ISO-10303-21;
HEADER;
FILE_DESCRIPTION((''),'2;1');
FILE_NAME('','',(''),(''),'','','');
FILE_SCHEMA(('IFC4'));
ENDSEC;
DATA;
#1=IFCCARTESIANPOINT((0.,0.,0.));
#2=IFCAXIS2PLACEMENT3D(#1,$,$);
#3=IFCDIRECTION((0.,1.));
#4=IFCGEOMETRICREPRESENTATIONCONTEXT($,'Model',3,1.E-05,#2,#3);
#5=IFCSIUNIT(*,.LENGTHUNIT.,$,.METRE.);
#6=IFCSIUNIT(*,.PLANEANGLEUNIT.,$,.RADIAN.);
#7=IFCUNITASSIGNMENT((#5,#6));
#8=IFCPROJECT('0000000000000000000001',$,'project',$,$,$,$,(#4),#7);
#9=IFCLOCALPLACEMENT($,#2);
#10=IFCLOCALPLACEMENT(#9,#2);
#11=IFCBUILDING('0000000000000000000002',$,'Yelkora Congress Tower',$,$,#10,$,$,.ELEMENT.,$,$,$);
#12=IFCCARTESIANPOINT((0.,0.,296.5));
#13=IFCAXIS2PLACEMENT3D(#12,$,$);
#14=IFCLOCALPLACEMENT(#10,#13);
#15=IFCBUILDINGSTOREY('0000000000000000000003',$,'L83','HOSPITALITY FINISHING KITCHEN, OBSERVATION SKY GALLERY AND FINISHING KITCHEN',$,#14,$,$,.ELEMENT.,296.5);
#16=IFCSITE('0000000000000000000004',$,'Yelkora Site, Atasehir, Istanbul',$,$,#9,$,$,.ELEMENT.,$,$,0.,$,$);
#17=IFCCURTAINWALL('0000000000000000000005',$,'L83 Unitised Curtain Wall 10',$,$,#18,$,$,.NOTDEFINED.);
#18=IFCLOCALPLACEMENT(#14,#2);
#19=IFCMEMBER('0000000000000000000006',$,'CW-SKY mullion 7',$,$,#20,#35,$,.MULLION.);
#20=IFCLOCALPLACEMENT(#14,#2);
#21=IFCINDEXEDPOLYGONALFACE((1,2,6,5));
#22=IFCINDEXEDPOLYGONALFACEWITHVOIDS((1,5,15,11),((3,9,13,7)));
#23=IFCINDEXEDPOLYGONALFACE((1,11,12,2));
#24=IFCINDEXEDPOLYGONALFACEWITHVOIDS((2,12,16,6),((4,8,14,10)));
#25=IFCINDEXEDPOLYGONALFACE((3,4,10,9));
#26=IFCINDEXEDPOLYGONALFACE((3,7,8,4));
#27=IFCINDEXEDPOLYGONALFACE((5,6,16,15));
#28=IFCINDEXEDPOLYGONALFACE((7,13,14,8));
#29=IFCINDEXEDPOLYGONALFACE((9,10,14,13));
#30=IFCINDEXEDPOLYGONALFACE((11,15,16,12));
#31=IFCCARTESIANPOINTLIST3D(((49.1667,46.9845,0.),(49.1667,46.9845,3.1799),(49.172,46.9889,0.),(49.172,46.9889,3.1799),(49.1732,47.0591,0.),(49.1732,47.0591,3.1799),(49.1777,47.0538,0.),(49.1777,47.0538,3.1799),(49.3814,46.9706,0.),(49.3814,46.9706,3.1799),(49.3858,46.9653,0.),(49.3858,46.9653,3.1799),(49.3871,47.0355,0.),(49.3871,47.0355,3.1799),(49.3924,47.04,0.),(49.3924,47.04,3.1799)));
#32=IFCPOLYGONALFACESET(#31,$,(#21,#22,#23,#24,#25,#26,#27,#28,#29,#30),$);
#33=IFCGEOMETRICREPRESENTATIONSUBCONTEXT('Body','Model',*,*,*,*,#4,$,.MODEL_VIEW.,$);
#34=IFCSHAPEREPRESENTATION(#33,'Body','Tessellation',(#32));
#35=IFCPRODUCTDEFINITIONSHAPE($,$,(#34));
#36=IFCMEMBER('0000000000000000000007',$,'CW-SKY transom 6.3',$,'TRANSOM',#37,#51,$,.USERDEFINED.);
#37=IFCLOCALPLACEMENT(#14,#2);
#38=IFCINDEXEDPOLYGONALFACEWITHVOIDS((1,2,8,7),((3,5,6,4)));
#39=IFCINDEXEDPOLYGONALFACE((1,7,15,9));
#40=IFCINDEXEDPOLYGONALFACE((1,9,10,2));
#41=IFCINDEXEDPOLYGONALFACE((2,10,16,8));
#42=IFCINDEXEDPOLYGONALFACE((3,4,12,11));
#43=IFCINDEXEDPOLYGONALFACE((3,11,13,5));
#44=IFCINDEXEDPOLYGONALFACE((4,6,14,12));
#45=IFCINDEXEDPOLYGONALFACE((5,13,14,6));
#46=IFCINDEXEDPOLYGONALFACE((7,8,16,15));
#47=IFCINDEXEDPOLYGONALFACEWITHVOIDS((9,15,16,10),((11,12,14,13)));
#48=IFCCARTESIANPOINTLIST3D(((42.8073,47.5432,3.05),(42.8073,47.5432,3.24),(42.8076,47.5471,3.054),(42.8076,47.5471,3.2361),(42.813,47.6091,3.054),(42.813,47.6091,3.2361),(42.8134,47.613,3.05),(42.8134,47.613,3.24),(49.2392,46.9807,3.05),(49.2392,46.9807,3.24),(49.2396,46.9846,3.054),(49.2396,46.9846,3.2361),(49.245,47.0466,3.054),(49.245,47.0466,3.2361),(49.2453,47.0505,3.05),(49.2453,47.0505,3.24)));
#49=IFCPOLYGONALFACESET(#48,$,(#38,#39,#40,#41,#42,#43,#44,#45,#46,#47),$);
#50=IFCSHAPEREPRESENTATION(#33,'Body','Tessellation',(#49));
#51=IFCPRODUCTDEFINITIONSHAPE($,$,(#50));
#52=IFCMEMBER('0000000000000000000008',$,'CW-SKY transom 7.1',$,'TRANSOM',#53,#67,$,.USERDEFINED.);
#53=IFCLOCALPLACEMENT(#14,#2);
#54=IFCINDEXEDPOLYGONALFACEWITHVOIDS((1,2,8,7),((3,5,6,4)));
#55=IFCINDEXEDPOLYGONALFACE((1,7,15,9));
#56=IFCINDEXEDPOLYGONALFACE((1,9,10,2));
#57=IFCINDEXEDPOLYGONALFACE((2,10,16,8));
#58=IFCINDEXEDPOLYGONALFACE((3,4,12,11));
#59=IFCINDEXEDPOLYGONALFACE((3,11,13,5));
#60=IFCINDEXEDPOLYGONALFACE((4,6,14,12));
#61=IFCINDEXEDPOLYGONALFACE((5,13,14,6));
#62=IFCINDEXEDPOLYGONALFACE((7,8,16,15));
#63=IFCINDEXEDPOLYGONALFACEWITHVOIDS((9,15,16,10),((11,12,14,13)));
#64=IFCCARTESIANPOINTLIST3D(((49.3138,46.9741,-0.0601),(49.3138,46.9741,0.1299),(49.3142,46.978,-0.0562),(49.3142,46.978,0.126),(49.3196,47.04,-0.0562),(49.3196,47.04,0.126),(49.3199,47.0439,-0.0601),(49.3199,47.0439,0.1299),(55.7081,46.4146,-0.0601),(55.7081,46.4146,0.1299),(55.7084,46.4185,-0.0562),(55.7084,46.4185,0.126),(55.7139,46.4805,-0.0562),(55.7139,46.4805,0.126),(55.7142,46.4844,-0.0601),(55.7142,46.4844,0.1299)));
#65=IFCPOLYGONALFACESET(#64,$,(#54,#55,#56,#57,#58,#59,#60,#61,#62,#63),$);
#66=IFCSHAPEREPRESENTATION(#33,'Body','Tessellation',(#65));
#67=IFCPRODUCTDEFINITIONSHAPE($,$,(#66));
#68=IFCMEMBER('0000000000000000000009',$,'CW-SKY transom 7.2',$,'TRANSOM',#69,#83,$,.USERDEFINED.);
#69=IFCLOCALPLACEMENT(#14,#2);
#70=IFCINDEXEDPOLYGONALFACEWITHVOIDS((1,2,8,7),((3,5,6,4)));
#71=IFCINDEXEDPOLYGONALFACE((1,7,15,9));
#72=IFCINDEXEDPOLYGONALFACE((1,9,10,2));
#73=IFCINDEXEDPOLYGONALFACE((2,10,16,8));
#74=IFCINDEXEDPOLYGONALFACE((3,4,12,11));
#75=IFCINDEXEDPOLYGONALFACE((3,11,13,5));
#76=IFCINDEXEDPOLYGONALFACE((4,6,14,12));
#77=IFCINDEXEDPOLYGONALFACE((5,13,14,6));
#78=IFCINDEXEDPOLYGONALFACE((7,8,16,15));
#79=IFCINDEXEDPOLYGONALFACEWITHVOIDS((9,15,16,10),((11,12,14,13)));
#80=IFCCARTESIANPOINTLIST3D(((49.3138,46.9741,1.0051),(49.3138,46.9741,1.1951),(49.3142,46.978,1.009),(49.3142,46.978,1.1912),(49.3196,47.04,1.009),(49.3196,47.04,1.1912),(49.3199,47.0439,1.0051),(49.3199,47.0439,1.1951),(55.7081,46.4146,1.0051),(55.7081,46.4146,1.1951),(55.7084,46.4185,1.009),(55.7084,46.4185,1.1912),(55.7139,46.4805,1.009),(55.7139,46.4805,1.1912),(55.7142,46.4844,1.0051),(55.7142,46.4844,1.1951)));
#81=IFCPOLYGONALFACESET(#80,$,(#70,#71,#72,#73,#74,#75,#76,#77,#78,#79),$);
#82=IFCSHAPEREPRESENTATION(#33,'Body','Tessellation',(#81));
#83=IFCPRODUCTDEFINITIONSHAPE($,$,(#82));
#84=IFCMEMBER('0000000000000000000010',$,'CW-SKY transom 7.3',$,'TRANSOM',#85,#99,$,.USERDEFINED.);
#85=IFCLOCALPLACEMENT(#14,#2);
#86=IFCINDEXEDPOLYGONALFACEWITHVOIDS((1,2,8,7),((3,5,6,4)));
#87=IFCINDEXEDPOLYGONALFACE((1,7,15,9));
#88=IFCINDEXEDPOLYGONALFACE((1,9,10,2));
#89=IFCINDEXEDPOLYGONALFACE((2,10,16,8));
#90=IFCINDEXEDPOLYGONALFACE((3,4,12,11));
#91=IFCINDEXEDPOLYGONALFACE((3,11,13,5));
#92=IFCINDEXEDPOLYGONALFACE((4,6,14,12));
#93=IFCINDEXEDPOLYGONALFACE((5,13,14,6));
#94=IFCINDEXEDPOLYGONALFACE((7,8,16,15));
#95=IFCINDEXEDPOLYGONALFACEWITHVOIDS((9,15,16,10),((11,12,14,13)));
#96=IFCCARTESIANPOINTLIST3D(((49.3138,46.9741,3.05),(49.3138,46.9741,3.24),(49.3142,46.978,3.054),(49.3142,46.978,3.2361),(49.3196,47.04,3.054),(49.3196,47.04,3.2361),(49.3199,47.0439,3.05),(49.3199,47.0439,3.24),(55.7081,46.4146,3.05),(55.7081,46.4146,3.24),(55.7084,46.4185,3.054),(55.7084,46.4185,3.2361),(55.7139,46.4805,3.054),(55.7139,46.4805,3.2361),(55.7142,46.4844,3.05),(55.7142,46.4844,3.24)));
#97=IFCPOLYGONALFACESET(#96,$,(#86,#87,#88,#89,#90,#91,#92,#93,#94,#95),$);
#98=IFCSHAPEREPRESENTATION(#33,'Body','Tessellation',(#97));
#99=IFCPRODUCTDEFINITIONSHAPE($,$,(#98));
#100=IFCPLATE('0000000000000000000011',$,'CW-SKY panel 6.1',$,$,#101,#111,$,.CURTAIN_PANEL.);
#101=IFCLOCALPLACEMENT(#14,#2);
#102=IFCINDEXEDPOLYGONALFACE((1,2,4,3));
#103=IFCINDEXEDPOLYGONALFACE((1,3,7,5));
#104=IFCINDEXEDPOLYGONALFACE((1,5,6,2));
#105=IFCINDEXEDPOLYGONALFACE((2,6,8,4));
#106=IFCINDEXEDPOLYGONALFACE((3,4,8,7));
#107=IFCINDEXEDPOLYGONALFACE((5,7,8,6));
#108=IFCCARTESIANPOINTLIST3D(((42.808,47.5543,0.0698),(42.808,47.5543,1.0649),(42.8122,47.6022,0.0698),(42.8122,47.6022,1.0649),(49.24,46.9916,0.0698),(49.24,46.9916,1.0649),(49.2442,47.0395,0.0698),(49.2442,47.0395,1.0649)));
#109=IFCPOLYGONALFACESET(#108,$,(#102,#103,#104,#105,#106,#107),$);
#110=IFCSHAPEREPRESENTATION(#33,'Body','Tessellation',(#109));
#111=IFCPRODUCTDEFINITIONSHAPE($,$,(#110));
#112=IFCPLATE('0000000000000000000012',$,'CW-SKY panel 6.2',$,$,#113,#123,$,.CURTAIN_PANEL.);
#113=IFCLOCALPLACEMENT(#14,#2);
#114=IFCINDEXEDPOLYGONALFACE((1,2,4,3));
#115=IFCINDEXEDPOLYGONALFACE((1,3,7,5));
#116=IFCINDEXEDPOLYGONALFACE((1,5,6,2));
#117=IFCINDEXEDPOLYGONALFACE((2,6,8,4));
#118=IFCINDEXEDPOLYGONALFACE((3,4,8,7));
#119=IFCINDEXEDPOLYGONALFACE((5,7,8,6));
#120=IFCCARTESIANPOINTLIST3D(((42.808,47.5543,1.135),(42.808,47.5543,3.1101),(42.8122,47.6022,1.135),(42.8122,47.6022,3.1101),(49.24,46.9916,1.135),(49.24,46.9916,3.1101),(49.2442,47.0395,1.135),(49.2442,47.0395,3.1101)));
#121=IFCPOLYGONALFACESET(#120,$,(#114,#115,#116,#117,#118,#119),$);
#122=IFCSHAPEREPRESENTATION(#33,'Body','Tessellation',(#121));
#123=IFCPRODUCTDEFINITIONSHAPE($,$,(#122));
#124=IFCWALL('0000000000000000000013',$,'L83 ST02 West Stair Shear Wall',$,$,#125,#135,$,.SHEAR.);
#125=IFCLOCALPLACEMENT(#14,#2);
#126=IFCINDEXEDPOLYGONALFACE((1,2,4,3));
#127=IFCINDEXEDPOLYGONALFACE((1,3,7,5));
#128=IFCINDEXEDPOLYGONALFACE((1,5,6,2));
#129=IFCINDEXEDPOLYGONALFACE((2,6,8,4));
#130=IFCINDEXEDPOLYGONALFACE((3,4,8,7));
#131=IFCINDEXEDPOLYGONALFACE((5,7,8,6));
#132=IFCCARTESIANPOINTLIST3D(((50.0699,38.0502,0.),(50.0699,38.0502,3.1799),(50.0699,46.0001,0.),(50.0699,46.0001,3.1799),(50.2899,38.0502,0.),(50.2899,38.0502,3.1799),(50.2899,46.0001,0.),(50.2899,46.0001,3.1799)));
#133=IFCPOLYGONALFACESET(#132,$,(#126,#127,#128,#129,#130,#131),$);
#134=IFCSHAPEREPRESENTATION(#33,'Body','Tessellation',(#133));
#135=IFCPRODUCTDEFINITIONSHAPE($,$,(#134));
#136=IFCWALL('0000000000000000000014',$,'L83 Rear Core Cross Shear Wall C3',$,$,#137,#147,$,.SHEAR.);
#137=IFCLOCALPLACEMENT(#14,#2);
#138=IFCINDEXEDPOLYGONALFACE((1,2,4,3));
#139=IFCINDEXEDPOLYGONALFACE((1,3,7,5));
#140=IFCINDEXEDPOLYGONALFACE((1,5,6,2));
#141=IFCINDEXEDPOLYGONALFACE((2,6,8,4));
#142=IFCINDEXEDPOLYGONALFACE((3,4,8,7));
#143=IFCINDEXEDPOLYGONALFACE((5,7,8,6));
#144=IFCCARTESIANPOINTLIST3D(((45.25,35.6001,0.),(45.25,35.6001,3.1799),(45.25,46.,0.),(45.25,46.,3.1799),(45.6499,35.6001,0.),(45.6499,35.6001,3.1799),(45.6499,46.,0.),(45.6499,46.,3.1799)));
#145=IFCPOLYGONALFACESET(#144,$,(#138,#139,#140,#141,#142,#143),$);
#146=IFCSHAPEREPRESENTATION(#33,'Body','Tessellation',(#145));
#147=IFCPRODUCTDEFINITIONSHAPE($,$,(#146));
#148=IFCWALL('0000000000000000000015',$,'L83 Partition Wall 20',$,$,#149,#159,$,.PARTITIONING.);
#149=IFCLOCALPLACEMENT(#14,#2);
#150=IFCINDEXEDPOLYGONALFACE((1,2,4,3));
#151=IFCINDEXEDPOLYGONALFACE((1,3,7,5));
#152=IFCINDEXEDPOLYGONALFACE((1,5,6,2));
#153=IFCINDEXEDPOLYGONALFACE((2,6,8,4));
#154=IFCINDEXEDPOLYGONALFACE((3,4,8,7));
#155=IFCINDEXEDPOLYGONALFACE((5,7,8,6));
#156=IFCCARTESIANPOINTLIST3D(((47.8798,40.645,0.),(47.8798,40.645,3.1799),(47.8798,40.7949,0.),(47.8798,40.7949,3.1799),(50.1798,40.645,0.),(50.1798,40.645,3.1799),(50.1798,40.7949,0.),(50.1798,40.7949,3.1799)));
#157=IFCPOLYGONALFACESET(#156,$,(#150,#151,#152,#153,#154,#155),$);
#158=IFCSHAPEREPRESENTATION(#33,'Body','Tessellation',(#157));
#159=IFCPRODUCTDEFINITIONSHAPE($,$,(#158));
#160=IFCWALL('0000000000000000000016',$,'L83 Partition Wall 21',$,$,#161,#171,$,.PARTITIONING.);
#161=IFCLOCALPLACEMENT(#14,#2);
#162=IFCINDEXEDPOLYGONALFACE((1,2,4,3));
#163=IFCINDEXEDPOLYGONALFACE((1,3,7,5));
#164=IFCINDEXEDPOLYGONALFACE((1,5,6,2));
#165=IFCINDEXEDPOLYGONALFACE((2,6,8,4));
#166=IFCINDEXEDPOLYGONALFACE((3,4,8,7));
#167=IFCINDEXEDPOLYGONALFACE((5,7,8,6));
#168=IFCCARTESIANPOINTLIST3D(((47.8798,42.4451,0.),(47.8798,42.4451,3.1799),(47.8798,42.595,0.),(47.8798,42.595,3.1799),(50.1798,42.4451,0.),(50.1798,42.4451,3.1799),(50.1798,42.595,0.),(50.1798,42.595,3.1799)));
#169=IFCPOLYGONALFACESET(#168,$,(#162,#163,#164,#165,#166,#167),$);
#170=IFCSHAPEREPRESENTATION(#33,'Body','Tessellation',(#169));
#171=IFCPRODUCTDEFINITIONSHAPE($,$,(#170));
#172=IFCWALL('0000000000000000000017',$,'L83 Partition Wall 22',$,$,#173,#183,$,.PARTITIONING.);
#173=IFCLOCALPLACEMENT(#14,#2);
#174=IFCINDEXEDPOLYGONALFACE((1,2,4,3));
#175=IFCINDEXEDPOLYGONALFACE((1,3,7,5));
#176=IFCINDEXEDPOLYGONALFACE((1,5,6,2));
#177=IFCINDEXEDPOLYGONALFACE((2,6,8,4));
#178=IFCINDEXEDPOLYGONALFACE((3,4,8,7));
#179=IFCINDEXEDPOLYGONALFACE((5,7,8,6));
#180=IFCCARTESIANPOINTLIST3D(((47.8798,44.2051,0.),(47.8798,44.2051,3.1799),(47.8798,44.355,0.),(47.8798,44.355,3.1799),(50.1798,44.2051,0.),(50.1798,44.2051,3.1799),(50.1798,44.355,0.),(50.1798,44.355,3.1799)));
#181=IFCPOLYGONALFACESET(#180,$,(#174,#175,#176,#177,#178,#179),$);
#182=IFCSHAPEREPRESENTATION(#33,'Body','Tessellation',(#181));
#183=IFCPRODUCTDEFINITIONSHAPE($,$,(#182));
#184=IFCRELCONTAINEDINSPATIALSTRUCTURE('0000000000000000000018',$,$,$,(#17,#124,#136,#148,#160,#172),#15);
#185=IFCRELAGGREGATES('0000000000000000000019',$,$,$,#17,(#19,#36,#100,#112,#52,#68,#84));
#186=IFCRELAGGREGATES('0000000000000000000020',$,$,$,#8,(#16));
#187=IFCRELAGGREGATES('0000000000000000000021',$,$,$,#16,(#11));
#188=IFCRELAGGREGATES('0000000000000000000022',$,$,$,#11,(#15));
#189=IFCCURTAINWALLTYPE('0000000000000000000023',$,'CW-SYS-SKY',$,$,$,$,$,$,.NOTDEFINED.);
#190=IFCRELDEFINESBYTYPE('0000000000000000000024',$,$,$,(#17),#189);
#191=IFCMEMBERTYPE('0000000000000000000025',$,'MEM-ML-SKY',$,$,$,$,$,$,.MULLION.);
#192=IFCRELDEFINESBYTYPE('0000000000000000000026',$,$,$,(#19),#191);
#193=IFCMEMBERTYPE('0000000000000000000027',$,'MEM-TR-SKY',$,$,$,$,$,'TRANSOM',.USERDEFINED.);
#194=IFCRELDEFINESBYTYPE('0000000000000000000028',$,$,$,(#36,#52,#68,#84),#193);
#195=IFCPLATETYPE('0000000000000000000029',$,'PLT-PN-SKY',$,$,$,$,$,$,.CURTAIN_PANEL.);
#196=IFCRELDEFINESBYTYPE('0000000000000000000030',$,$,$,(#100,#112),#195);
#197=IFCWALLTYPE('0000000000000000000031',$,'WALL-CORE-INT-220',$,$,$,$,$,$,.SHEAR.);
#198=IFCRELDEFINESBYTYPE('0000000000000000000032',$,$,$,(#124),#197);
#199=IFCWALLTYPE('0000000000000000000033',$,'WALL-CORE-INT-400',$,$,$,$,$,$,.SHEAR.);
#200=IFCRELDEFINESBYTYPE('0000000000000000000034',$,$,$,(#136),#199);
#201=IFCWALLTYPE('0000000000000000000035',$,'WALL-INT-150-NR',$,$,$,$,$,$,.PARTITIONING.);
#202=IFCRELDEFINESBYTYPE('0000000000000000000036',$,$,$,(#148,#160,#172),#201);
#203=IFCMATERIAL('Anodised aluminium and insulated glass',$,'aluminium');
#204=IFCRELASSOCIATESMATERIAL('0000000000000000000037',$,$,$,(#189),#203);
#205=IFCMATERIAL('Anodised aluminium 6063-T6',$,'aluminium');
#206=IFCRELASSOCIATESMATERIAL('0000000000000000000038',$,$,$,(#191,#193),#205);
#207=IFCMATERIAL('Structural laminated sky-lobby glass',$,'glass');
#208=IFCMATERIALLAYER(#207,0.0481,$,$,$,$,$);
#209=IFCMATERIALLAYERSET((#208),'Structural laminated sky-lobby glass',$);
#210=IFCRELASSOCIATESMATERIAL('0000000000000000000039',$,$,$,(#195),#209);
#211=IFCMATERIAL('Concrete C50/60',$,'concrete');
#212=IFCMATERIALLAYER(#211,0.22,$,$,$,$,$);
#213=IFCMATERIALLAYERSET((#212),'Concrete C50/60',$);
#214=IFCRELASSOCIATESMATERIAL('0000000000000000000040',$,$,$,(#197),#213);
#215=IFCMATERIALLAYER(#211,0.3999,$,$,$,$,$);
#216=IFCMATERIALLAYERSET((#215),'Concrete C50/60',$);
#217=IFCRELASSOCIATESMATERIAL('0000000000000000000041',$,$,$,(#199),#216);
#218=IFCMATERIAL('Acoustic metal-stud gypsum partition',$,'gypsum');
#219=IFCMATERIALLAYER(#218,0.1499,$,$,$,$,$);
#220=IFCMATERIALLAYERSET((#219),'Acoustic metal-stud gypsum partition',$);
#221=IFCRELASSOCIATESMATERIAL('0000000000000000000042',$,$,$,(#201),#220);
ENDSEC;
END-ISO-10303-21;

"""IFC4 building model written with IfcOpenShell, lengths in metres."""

from ifc_helpers import new_model, si_unit, direction, frame, frame_2d, origin, origin_2d, place, context, subcontext, project, spatial, rectangle, hollow_rectangle, extrude, material, layer, layer_set, material_profile, profile_set, type_object, element, aggregate, save


model = new_model("IFC4")

# Units and contexts
model_context = context("Model", 3, precision=1e-05, world=origin(), true_north=direction((0.0, 1.0)))
body_context = subcontext(model_context, "Body", "Model", "MODEL_VIEW")
ifc_project = project(units=[si_unit("LENGTHUNIT", "METRE"), si_unit("PLANEANGLEUNIT", "RADIAN")], contexts=[model_context])

# Site, building, storey
site_placement = place(None, origin())
site = spatial("IfcSite", under=ifc_project, at=site_placement, Name="Yelkora Site, Atasehir, Istanbul", CompositionType="ELEMENT", RefElevation=0.0)
building_placement = place(site_placement, origin())
building = spatial("IfcBuilding", under=site, at=building_placement, Name="Yelkora Congress Tower", CompositionType="ELEMENT")
storey_placement = place(building_placement, frame((0.0, 0.0, 296.5)))
storey = spatial("IfcBuildingStorey", under=building, at=storey_placement, Name="L83", Description="HOSPITALITY FINISHING KITCHEN, OBSERVATION SKY GALLERY AND FINISHING KITCHEN", CompositionType="ELEMENT", Elevation=296.5)

# Curtain wall, members, plates
ifc_material_1 = material(Name="Anodised aluminium and insulated glass", Category="aluminium")
curtain_wall_type = type_object("IfcCurtainWallType", Name="CW-SYS-SKY", PredefinedType="NOTDEFINED", material=ifc_material_1)
curtain_wall_placement = place(storey_placement, origin())
curtain_wall = element("IfcCurtainWall", 1, at=curtain_wall_placement, inside=storey, type_object=curtain_wall_type, Name="L83 Unitised Curtain Wall 10", PredefinedType="NOTDEFINED")
ifc_material_2 = material(Name="Anodised aluminium 6063-T6", Category="aluminium")
ifc_material_profile_1 = material_profile(ifc_material_2, hollow_rectangle(XDim=0.075, YDim=0.22, WallThickness=0.0049, at=origin_2d()), Name="ALU 75x220x5")
ifc_profile_set_1 = profile_set([ifc_material_profile_1], Name="Anodised aluminium 6063-T6")
member_type_1 = type_object("IfcMemberType", Name="MEM-ML-SKY", PredefinedType="MULLION", material=ifc_profile_set_1)
member_1_placement = place(storey_placement, frame((49.2795, 47.0122, 0.0), z_axis=(0.0, 0.0, 1.0), x_axis=(0.087157, 0.996195, 0.0)))
member_1 = element("IfcMember", 2, at=member_1_placement, type_object=member_type_1, Name="CW-SKY mullion 7", PredefinedType="MULLION", context=body_context, shape_type="SweptSolid", body=[
    extrude(hollow_rectangle(XDim=0.075, YDim=0.22, WallThickness=0.0049, at=origin_2d()), origin(), (0.0, 0.0, 1.0), 3.1799),
])
ifc_material_profile_2 = material_profile(ifc_material_2, hollow_rectangle(XDim=0.0701, YDim=0.1899, WallThickness=0.0039, at=origin_2d()), Name="ALU 70x190x4")
ifc_profile_set_2 = profile_set([ifc_material_profile_2], Name="Anodised aluminium 6063-T6")
member_type_2 = type_object("IfcMemberType", Name="MEM-TR-SKY", ElementType="TRANSOM", PredefinedType="USERDEFINED", material=ifc_profile_set_2)
member_2_placement = place(storey_placement, frame((42.8103, 47.5781, 3.145), z_axis=(0.996198, -0.087122, 0.0), x_axis=(0.087122, 0.996198, 0.0)))
member_2 = element("IfcMember", 3, at=member_2_placement, type_object=member_type_2, Name="CW-SKY transom 6.3", ObjectType="TRANSOM", PredefinedType="USERDEFINED", context=body_context, shape_type="SweptSolid", body=[
    extrude(hollow_rectangle(XDim=0.0701, YDim=0.1899, WallThickness=0.0039, at=origin_2d()), origin(), (0.0, 0.0, 1.0), 6.4565),
])
member_3_placement = place(storey_placement, frame((49.3169, 47.009, 0.0349), z_axis=(0.996193, -0.087178, 0.0), x_axis=(0.087178, 0.996193, 0.0)))
member_3 = element("IfcMember", 4, at=member_3_placement, type_object=member_type_2, Name="CW-SKY transom 7.1", ObjectType="TRANSOM", PredefinedType="USERDEFINED", context=body_context, shape_type="SweptSolid", body=[
    extrude(hollow_rectangle(XDim=0.0701, YDim=0.1899, WallThickness=0.0039, at=origin_2d()), origin(), (0.0, 0.0, 1.0), 6.4187),
])
member_4_placement = place(storey_placement, frame((49.3169, 47.009, 1.1001), z_axis=(0.996193, -0.087178, 0.0), x_axis=(0.087178, 0.996193, 0.0)))
member_4 = element("IfcMember", 5, at=member_4_placement, type_object=member_type_2, Name="CW-SKY transom 7.2", ObjectType="TRANSOM", PredefinedType="USERDEFINED", context=body_context, shape_type="SweptSolid", body=[
    extrude(hollow_rectangle(XDim=0.0701, YDim=0.1899, WallThickness=0.0039, at=origin_2d()), origin(), (0.0, 0.0, 1.0), 6.4187),
])
member_5_placement = place(storey_placement, frame((49.3169, 47.009, 3.145), z_axis=(0.996193, -0.087178, 0.0), x_axis=(0.087178, 0.996193, 0.0)))
member_5 = element("IfcMember", 6, at=member_5_placement, type_object=member_type_2, Name="CW-SKY transom 7.3", ObjectType="TRANSOM", PredefinedType="USERDEFINED", context=body_context, shape_type="SweptSolid", body=[
    extrude(hollow_rectangle(XDim=0.0701, YDim=0.1899, WallThickness=0.0039, at=origin_2d()), origin(), (0.0, 0.0, 1.0), 6.4187),
])
ifc_material_3 = material(Name="Structural laminated sky-lobby glass", Category="glass")
ifc_layer_1 = layer(ifc_material_3, 0.0481)
ifc_layer_set_1 = layer_set([ifc_layer_1], Name="Structural laminated sky-lobby glass")
plate_type = type_object("IfcPlateType", Name="PLT-PN-SKY", PredefinedType="CURTAIN_PANEL", material=ifc_layer_set_1)
plate_1_placement = place(storey_placement, frame((46.0261, 47.2969, 0.0698), z_axis=(0.0, 0.0, 1.0), x_axis=(0.996195, -0.087157, 0.0)))
plate_1 = element("IfcPlate", 7, at=plate_1_placement, type_object=plate_type, Name="CW-SKY panel 6.1", PredefinedType="CURTAIN_PANEL", context=body_context, shape_type="SweptSolid", body=[
    extrude(rectangle(XDim=6.4565, YDim=0.0481, at=origin_2d()), origin(), (0.0, 0.0, 1.0), 0.9951),
])
plate_2_placement = place(storey_placement, frame((46.0261, 47.2969, 1.135), z_axis=(0.0, 0.0, 1.0), x_axis=(0.996195, -0.087157, 0.0)))
plate_2 = element("IfcPlate", 8, at=plate_2_placement, type_object=plate_type, Name="CW-SKY panel 6.2", PredefinedType="CURTAIN_PANEL", context=body_context, shape_type="SweptSolid", body=[
    extrude(rectangle(XDim=6.4565, YDim=0.0481, at=origin_2d()), origin(), (0.0, 0.0, 1.0), 1.9751),
])
aggregate(curtain_wall, [member_1, member_2, plate_1, plate_2, member_3, member_4, member_5])

# Walls
ifc_material_4 = material(Name="Concrete C50/60", Category="concrete")
ifc_layer_2 = layer(ifc_material_4, 0.22)
ifc_layer_set_2 = layer_set([ifc_layer_2], Name="Concrete C50/60")
wall_type_1 = type_object("IfcWallType", Name="WALL-CORE-INT-220", PredefinedType="SHEAR", material=ifc_layer_set_2)
wall_1_placement = place(storey_placement, frame((50.1799, 38.05, 0.0), z_axis=(0.0, 0.0, 1.0), x_axis=(0.0, 1.0, 0.0)))
element("IfcWall", 9, at=wall_1_placement, inside=storey, type_object=wall_type_1, Name="L83 ST02 West Stair Shear Wall", PredefinedType="SHEAR", context=body_context, shape_type="SweptSolid", body=[
    extrude(rectangle(XDim=7.95, YDim=0.22, at=frame_2d((3.9751, 0.0))), origin(), (0.0, 0.0, 1.0), 3.1799),
])
ifc_layer_3 = layer(ifc_material_4, 0.3999)
ifc_layer_set_3 = layer_set([ifc_layer_3], Name="Concrete C50/60")
wall_type_2 = type_object("IfcWallType", Name="WALL-CORE-INT-400", PredefinedType="SHEAR", material=ifc_layer_set_3)
wall_2_placement = place(storey_placement, frame((45.45, 35.6001, 0.0), z_axis=(0.0, 0.0, 1.0), x_axis=(0.0, 1.0, 0.0)))
element("IfcWall", 10, at=wall_2_placement, inside=storey, type_object=wall_type_2, Name="L83 Rear Core Cross Shear Wall C3", PredefinedType="SHEAR", context=body_context, shape_type="SweptSolid", body=[
    extrude(rectangle(XDim=10.3999, YDim=0.3999, at=frame_2d((5.2, 0.0))), origin(), (0.0, 0.0, 1.0), 3.1799),
])
ifc_material_5 = material(Name="Acoustic metal-stud gypsum partition", Category="gypsum")
ifc_layer_4 = layer(ifc_material_5, 0.1499)
ifc_layer_set_4 = layer_set([ifc_layer_4], Name="Acoustic metal-stud gypsum partition")
wall_type_3 = type_object("IfcWallType", Name="WALL-INT-150-NR", PredefinedType="PARTITIONING", material=ifc_layer_set_4)
for number, where, z_axis, x_axis, name in (
    (11, (47.8799, 40.72, 0.0), (0.0, 0.0, 1.0), (1.0, 0.0, 0.0), "L83 Partition Wall 20"),
    (12, (47.8799, 42.52, 0.0), (0.0, 0.0, 1.0), (1.0, 0.0, 0.0), "L83 Partition Wall 21"),
    (13, (47.8799, 44.28, 0.0), (0.0, 0.0, 1.0), (1.0, 0.0, 0.0), "L83 Partition Wall 22"),
):
    element("IfcWall", number, at=place(storey_placement, frame(where, z_axis=z_axis, x_axis=x_axis)), inside=storey, type_object=wall_type_3, Name=name, PredefinedType="PARTITIONING", context=body_context, shape_type="SweptSolid", body=[
        extrude(rectangle(XDim=2.3, YDim=0.1499, at=frame_2d((1.1499, 0.0))), origin(), (0.0, 0.0, 1.0), 3.1799),
    ])

save(model, "model.ifc")
